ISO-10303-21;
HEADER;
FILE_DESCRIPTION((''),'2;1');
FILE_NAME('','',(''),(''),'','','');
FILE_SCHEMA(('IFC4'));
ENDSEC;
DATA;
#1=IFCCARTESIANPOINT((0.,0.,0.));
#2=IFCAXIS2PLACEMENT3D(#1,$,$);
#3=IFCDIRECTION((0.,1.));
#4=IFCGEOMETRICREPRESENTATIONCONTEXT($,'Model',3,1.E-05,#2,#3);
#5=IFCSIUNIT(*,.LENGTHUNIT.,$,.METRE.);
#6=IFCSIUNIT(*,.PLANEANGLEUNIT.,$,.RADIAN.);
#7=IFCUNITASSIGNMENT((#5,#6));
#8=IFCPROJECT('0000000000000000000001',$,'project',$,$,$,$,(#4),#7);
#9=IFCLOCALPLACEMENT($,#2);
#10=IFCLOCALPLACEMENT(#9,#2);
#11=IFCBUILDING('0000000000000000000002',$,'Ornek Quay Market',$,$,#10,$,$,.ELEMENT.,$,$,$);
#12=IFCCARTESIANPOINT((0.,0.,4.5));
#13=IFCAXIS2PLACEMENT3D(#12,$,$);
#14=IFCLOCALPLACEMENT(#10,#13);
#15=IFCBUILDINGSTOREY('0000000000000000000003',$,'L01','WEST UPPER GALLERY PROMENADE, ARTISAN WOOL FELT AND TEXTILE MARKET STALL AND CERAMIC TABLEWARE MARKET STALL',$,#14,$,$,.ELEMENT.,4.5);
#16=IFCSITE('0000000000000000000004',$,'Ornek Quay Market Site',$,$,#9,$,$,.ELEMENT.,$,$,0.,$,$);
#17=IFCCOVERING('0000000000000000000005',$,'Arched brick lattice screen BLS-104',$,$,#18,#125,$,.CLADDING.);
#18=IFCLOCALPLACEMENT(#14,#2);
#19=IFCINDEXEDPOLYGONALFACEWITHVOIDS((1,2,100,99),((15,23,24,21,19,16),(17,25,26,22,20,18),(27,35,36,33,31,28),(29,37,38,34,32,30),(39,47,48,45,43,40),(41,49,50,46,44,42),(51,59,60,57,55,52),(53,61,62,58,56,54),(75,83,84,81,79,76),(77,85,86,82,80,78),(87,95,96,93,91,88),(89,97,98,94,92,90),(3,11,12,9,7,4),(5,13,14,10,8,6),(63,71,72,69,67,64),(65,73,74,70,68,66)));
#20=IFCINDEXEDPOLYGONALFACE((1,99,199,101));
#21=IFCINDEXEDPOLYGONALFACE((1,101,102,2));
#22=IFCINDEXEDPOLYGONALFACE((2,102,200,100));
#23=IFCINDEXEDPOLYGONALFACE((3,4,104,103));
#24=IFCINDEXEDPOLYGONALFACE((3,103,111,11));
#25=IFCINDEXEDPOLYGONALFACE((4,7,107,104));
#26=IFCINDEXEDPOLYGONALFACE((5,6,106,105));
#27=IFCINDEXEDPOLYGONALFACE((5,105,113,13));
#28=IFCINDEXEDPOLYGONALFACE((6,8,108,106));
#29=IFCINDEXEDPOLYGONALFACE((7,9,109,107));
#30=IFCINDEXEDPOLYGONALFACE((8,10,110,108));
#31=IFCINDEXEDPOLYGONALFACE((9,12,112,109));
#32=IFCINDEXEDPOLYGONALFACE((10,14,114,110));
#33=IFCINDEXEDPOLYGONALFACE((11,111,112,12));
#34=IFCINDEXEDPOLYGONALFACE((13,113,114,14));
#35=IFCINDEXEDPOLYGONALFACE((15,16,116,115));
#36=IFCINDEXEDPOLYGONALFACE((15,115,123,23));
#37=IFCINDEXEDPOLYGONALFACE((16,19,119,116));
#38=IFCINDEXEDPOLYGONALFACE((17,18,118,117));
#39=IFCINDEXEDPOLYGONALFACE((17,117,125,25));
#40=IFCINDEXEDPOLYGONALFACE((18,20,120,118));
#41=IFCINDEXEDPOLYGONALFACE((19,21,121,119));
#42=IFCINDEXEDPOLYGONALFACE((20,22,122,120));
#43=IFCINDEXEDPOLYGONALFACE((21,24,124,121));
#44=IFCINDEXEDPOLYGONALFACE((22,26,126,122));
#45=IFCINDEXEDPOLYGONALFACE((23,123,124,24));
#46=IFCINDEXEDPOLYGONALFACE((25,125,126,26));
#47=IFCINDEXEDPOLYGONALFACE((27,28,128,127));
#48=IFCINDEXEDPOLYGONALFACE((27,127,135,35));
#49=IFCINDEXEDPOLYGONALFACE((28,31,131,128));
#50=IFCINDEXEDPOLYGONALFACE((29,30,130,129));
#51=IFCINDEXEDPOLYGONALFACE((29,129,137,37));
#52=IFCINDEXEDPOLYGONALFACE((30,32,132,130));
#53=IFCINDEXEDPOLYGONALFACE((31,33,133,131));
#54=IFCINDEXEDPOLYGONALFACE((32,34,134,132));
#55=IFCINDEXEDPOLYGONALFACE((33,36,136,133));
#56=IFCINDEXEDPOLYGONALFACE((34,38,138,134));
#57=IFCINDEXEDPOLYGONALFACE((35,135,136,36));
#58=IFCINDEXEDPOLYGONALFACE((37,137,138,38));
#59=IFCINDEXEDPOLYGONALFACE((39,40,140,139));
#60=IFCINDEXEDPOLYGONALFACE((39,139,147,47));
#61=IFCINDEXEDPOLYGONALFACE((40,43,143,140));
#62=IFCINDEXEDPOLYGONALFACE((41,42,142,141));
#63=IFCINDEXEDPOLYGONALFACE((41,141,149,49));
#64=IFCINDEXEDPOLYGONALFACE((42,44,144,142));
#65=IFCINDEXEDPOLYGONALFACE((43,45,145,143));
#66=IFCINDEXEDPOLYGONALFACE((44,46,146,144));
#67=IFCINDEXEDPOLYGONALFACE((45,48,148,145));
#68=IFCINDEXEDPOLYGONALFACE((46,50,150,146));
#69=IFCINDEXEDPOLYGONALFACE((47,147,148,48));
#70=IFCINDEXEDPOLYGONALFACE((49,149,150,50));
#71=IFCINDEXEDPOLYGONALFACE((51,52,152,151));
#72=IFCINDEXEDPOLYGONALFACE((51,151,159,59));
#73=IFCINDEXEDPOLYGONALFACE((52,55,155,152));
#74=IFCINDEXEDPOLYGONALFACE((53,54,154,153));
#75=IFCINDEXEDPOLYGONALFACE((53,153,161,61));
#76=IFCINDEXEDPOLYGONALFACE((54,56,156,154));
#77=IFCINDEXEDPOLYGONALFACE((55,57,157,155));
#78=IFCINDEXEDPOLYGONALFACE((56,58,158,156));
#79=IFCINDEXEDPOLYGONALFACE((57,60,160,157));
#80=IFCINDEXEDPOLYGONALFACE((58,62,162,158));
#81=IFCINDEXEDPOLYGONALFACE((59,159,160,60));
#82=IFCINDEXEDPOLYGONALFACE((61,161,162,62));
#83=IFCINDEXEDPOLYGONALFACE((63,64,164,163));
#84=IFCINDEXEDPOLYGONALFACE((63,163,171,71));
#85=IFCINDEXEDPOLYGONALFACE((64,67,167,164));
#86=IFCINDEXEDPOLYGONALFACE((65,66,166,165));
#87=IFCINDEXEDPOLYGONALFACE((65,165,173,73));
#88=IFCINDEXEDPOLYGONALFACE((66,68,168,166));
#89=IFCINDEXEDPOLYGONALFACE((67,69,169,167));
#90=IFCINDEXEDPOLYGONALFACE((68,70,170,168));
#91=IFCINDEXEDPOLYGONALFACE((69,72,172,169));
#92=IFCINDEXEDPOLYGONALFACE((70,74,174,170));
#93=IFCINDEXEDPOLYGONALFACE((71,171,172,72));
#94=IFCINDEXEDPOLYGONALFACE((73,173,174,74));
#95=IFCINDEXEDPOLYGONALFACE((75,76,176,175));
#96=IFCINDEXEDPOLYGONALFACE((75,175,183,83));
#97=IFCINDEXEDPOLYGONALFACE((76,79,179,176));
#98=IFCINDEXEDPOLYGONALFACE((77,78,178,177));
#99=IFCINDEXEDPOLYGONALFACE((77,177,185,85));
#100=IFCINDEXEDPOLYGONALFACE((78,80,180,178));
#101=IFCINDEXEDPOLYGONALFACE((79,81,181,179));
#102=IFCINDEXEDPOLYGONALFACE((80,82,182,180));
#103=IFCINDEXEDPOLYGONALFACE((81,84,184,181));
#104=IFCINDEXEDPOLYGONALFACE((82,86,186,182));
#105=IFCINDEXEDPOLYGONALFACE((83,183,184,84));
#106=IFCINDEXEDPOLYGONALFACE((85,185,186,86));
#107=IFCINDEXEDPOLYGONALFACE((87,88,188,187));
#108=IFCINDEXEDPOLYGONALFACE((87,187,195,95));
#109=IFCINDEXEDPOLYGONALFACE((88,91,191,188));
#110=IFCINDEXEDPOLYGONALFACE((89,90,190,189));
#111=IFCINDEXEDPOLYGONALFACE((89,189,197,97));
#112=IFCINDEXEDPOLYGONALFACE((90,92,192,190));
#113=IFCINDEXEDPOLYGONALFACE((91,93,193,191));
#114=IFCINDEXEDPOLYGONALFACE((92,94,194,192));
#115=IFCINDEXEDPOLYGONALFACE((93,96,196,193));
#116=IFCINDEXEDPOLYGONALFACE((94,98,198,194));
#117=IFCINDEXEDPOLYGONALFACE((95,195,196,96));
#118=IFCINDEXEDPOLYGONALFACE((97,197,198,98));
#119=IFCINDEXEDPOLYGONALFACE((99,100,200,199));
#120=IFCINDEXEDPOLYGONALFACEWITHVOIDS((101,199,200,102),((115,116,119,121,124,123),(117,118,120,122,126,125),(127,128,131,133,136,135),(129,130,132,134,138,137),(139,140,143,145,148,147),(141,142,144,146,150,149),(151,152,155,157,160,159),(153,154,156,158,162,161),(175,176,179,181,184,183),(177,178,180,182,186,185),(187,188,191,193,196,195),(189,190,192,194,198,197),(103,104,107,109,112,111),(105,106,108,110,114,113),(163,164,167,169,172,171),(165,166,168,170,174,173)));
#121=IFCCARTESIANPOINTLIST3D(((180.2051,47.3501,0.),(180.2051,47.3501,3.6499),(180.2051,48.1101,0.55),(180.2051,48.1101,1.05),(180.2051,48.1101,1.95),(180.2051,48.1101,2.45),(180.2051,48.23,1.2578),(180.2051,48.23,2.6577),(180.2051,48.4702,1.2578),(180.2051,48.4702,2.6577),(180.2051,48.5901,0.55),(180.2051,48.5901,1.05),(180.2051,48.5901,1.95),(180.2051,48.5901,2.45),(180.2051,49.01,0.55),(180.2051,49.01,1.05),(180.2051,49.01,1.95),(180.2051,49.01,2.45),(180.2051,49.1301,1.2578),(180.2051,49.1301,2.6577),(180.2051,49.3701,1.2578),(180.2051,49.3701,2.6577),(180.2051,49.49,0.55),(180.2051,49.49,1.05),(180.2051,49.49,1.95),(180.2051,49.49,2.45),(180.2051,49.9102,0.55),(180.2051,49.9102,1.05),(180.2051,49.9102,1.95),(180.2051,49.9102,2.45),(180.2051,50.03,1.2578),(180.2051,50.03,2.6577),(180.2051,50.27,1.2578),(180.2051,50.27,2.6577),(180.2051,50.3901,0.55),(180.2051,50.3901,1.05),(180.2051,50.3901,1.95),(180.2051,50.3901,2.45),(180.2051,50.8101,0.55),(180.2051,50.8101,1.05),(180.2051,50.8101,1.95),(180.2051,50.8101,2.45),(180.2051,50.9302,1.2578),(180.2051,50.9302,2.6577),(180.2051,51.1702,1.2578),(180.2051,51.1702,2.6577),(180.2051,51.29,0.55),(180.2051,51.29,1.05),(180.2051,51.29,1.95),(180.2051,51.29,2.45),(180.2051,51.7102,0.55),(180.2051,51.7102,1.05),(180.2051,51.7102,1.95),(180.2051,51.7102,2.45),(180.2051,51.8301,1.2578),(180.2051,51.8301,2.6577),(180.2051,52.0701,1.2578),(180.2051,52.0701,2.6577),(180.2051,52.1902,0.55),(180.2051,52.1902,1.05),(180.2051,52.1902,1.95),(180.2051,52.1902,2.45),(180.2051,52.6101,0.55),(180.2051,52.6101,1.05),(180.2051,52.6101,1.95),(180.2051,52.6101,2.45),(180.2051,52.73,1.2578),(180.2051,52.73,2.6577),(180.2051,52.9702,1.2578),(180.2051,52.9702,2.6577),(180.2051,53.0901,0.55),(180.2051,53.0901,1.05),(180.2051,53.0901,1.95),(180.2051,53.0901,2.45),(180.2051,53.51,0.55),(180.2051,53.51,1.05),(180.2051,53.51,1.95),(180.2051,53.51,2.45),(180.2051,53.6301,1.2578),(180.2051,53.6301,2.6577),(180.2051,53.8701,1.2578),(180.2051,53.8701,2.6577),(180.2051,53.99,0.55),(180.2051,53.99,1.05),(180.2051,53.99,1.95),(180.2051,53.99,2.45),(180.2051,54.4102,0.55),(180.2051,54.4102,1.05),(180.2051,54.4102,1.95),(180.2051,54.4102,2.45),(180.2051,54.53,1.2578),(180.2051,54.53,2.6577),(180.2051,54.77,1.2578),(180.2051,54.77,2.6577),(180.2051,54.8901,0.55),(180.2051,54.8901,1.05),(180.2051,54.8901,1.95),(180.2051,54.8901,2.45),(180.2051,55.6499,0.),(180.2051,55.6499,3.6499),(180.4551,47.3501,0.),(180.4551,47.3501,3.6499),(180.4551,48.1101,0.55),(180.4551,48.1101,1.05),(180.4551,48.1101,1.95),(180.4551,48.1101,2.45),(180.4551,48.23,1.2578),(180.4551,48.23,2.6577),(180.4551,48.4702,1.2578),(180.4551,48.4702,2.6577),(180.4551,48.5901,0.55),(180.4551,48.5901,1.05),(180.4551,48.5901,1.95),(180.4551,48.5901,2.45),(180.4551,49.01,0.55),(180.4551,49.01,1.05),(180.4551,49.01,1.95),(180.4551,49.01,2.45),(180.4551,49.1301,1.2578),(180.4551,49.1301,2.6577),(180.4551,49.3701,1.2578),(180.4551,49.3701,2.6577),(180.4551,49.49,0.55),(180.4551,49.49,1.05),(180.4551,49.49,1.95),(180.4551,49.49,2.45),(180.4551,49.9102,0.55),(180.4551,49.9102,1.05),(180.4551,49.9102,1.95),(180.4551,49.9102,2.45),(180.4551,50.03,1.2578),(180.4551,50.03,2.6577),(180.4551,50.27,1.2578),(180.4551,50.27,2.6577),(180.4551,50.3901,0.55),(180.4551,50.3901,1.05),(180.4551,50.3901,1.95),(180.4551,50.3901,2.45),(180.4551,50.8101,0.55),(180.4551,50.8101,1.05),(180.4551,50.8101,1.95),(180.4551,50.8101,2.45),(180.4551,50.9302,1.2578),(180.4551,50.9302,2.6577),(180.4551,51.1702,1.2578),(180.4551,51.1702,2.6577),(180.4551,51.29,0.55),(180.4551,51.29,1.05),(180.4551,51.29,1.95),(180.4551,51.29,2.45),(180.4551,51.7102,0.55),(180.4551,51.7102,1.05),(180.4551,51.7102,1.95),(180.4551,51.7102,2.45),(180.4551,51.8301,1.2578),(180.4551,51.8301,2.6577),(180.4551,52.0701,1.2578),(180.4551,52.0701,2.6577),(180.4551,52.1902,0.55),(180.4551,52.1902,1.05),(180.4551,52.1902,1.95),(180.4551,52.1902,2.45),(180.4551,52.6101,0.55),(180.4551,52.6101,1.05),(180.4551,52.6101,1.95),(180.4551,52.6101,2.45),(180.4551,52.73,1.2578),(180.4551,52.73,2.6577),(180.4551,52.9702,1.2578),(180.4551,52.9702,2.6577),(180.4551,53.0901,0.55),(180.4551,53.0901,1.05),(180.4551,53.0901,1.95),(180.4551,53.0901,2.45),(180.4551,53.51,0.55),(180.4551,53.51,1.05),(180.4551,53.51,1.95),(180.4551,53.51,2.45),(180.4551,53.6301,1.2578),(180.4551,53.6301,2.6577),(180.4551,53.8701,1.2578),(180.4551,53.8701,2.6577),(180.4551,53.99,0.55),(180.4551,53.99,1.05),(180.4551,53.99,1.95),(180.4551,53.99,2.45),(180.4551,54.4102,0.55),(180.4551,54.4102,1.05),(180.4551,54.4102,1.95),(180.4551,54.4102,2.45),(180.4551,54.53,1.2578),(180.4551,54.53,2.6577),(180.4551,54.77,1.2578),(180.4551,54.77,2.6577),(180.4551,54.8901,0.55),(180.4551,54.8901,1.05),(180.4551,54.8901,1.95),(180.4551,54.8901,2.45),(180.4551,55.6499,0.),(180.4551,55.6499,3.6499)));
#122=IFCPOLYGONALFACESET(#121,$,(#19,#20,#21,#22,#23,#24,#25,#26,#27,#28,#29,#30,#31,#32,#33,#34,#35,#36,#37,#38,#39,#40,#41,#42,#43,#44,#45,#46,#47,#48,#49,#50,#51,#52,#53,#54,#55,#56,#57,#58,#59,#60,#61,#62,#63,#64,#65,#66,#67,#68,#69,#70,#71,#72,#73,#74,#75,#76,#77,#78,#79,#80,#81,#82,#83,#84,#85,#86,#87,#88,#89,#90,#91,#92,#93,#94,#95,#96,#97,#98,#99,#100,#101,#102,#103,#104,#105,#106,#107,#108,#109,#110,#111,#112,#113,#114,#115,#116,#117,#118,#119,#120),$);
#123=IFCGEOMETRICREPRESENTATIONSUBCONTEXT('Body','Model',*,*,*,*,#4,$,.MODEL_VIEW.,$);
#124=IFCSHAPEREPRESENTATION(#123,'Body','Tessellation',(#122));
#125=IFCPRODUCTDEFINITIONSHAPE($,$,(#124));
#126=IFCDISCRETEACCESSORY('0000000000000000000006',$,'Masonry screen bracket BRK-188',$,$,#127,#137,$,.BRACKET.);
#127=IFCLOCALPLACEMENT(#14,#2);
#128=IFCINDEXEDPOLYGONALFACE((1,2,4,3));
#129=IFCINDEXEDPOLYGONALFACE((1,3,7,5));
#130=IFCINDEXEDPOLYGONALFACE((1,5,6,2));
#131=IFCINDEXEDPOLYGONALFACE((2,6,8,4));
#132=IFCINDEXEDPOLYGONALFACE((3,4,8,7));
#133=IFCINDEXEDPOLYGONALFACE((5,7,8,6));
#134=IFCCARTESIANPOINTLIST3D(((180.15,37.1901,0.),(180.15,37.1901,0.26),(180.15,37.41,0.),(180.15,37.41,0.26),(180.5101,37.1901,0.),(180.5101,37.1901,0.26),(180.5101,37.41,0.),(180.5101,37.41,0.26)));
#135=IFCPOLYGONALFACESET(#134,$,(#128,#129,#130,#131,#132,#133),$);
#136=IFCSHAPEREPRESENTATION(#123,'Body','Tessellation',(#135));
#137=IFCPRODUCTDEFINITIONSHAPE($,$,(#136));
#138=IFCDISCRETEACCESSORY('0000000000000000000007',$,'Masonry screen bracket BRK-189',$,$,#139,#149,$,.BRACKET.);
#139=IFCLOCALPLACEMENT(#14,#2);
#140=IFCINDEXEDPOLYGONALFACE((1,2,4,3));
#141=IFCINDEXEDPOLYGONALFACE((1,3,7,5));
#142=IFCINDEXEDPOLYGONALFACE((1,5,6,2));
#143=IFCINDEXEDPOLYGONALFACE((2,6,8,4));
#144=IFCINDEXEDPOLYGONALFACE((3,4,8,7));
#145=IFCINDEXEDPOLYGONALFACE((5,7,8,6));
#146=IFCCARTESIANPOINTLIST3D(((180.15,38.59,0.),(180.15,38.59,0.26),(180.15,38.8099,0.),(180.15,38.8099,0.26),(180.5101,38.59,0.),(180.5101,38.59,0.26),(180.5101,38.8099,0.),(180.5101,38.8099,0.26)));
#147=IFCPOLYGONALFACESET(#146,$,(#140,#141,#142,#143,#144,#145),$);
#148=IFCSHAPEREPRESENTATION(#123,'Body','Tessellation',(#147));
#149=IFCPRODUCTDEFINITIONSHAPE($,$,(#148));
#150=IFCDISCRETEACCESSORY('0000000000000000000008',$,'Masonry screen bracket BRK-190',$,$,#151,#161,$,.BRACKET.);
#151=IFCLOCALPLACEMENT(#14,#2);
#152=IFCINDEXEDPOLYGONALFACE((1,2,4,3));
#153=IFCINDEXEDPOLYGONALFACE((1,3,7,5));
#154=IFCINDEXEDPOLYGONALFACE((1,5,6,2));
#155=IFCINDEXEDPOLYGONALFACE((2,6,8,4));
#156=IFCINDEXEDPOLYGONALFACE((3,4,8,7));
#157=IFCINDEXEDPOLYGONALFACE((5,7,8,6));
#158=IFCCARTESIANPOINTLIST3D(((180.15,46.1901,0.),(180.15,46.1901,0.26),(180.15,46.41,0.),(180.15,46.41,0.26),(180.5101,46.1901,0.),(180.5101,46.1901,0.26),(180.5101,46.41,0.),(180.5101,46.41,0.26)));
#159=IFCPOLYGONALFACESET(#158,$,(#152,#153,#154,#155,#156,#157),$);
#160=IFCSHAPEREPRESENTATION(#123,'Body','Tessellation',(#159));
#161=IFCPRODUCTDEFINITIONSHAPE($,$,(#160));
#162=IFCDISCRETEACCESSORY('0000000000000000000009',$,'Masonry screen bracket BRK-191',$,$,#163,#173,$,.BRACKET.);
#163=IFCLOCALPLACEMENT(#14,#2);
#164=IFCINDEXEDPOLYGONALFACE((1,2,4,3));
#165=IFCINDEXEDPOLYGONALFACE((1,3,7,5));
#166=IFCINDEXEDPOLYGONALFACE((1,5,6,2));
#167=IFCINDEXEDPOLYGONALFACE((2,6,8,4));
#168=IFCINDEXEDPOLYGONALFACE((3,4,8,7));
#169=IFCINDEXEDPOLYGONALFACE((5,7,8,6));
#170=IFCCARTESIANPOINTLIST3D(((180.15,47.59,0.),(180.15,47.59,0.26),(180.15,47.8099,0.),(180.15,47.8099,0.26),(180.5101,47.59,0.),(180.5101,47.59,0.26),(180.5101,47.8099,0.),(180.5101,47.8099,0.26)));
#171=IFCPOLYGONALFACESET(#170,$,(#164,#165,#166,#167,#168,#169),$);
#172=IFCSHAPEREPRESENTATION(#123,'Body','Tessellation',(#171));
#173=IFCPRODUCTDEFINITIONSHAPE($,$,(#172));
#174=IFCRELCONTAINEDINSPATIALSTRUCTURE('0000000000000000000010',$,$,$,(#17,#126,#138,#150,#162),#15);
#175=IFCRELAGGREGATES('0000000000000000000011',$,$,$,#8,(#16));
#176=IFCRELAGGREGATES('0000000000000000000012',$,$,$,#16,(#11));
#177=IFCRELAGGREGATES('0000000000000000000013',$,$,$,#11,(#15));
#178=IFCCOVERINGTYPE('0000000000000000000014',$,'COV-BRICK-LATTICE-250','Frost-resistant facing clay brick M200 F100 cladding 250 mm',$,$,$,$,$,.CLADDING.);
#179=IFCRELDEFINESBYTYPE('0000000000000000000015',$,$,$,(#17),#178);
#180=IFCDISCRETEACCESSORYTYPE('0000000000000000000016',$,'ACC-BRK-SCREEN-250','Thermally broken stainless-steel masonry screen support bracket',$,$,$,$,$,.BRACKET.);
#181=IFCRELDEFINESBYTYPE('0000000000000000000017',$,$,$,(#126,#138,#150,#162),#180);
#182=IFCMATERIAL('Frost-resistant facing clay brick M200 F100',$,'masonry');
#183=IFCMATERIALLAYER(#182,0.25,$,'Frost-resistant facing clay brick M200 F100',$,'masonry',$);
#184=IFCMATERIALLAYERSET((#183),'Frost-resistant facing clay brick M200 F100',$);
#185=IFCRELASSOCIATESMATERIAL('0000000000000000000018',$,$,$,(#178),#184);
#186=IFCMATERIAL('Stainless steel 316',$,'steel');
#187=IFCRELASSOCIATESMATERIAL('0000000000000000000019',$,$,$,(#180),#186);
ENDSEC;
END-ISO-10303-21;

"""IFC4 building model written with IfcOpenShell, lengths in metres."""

from ifc_helpers import new_model, si_unit, direction, frame, origin, origin_2d, place, context, subcontext, project, spatial, polyline, rectangle, outline, extrude, material, layer, layer_set, type_object, element, save


model = new_model("IFC4")

# Units and contexts
model_context = context("Model", 3, precision=1e-05, world=origin(), true_north=direction((0.0, 1.0)))
body_context = subcontext(model_context, "Body", "Model", "MODEL_VIEW")
ifc_project = project(units=[si_unit("LENGTHUNIT", "METRE"), si_unit("PLANEANGLEUNIT", "RADIAN")], contexts=[model_context])

# Site, building, storey
site_placement = place(None, origin())
site = spatial("IfcSite", under=ifc_project, at=site_placement, Name="Ornek Quay Market Site", CompositionType="ELEMENT", RefElevation=0.0)
building_placement = place(site_placement, origin())
building = spatial("IfcBuilding", under=site, at=building_placement, Name="Ornek Quay Market", CompositionType="ELEMENT")
storey_placement = place(building_placement, frame((0.0, 0.0, 4.5)))
storey = spatial("IfcBuildingStorey", under=building, at=storey_placement, Name="L01", Description="WEST UPPER GALLERY PROMENADE, ARTISAN WOOL FELT AND TEXTILE MARKET STALL AND CERAMIC TABLEWARE MARKET STALL", CompositionType="ELEMENT", Elevation=4.5)

# Shared definitions
ifc_material_1 = material(Name="Frost-resistant facing clay brick M200 F100", Category="masonry")

# Covering
ifc_layer_1 = layer(ifc_material_1, 0.25, Name="Frost-resistant facing clay brick M200 F100", Category="masonry")
ifc_layer_set_1 = layer_set([ifc_layer_1], Name="Frost-resistant facing clay brick M200 F100")
covering_type = type_object("IfcCoveringType", Name="COV-BRICK-LATTICE-250", Description="Frost-resistant facing clay brick M200 F100 cladding 250 mm", PredefinedType="CLADDING", material=ifc_layer_set_1)
covering_1_placement = place(storey_placement, frame((180.3301, 47.3501, 0.0), z_axis=(0.0, 0.0, 1.0), x_axis=(0.0, 1.0, 0.0)))
element("IfcCovering", 1, at=covering_1_placement, inside=storey, type_object=covering_type, Name="Arched brick lattice screen BLS-104", PredefinedType="CLADDING", context=body_context, shape_type="SweptSolid", body=[
    extrude(outline(polyline([(0.0, 0.0), (8.2998, 0.0), (8.2998, 3.6499), (0.0, 3.6499), (0.0, 0.0)]), holes=[polyline([(0.76, 0.55), (1.24, 0.55), (1.24, 1.05), (1.1201, 1.2578), (0.8799, 1.2578), (0.76, 1.05), (0.76, 0.55)]), polyline([(0.76, 1.95), (1.24, 1.95), (1.24, 2.45), (1.1201, 2.6577), (0.8799, 2.6577), (0.76, 2.45), (0.76, 1.95)]), polyline([(1.6599, 0.55), (2.1399, 0.55), (2.1399, 1.05), (2.02, 1.2578), (1.78, 1.2578), (1.6599, 1.05), (1.6599, 0.55)]), polyline([(1.6599, 1.95), (2.1399, 1.95), (2.1399, 2.45), (2.02, 2.6577), (1.78, 2.6577), (1.6599, 2.45), (1.6599, 1.95)]), polyline([(2.5601, 0.55), (3.04, 0.55), (3.04, 1.05), (2.9199, 1.2578), (2.6799, 1.2578), (2.5601, 1.05), (2.5601, 0.55)]), polyline([(2.5601, 1.95), (3.04, 1.95), (3.04, 2.45), (2.9199, 2.6577), (2.6799, 2.6577), (2.5601, 2.45), (2.5601, 1.95)]), polyline([(3.46, 0.55), (3.9399, 0.55), (3.9399, 1.05), (3.8201, 1.2578), (3.5801, 1.2578), (3.46, 1.05), (3.46, 0.55)]), polyline([(3.46, 1.95), (3.9399, 1.95), (3.9399, 2.45), (3.8201, 2.6577), (3.5801, 2.6577), (3.46, 2.45), (3.46, 1.95)]), polyline([(4.3601, 0.55), (4.8401, 0.55), (4.8401, 1.05), (4.72, 1.2578), (4.48, 1.2578), (4.3601, 1.05), (4.3601, 0.55)]), polyline([(4.3601, 1.95), (4.8401, 1.95), (4.8401, 2.45), (4.72, 2.6577), (4.48, 2.6577), (4.3601, 2.45), (4.3601, 1.95)]), polyline([(5.26, 0.55), (5.74, 0.55), (5.74, 1.05), (5.6201, 1.2578), (5.3799, 1.2578), (5.26, 1.05), (5.26, 0.55)]), polyline([(5.26, 1.95), (5.74, 1.95), (5.74, 2.45), (5.6201, 2.6577), (5.3799, 2.6577), (5.26, 2.45), (5.26, 1.95)]), polyline([(6.1599, 0.55), (6.6399, 0.55), (6.6399, 1.05), (6.52, 1.2578), (6.28, 1.2578), (6.1599, 1.05), (6.1599, 0.55)]), polyline([(6.1599, 1.95), (6.6399, 1.95), (6.6399, 2.45), (6.52, 2.6577), (6.28, 2.6577), (6.1599, 2.45), (6.1599, 1.95)]), polyline([(7.0601, 0.55), (7.54, 0.55), (7.54, 1.05), (7.4199, 1.2578), (7.1799, 1.2578), (7.0601, 1.05), (7.0601, 0.55)]), polyline([(7.0601, 1.95), (7.54, 1.95), (7.54, 2.45), (7.4199, 2.6577), (7.1799, 2.6577), (7.0601, 2.45), (7.0601, 1.95)])]), frame((0.0, 0.125, 0.0), z_axis=(0.0, -1.0, 0.0), x_axis=(1.0, 0.0, 0.0)), (0.0, 0.0, 1.0), 0.25),
])

# Discrete accessories
ifc_material_2 = material(Name="Stainless steel 316", Category="steel")
discrete_accessory_type = type_object("IfcDiscreteAccessoryType", Name="ACC-BRK-SCREEN-250", Description="Thermally broken stainless-steel masonry screen support bracket", PredefinedType="BRACKET", material=ifc_material_2)
for number, where, z_axis, x_axis, name in (
    (2, (180.3301, 37.3, 0.0), (0.0, 0.0, 1.0), (0.0, 1.0, 0.0), "Masonry screen bracket BRK-188"),
    (3, (180.3301, 38.7, 0.0), (0.0, 0.0, 1.0), (0.0, 1.0, 0.0), "Masonry screen bracket BRK-189"),
    (4, (180.3301, 46.3, 0.0), (0.0, 0.0, 1.0), (0.0, 1.0, 0.0), "Masonry screen bracket BRK-190"),
    (5, (180.3301, 47.7, 0.0), (0.0, 0.0, 1.0), (0.0, 1.0, 0.0), "Masonry screen bracket BRK-191"),
):
    element("IfcDiscreteAccessory", number, at=place(storey_placement, frame(where, z_axis=z_axis, x_axis=x_axis)), inside=storey, type_object=discrete_accessory_type, Name=name, PredefinedType="BRACKET", context=body_context, shape_type="SweptSolid", body=[
        extrude(rectangle(XDim=0.22, YDim=0.3601, at=origin_2d()), origin(), (0.0, 0.0, 1.0), 0.26),
    ])

save(model, "model.ifc")
